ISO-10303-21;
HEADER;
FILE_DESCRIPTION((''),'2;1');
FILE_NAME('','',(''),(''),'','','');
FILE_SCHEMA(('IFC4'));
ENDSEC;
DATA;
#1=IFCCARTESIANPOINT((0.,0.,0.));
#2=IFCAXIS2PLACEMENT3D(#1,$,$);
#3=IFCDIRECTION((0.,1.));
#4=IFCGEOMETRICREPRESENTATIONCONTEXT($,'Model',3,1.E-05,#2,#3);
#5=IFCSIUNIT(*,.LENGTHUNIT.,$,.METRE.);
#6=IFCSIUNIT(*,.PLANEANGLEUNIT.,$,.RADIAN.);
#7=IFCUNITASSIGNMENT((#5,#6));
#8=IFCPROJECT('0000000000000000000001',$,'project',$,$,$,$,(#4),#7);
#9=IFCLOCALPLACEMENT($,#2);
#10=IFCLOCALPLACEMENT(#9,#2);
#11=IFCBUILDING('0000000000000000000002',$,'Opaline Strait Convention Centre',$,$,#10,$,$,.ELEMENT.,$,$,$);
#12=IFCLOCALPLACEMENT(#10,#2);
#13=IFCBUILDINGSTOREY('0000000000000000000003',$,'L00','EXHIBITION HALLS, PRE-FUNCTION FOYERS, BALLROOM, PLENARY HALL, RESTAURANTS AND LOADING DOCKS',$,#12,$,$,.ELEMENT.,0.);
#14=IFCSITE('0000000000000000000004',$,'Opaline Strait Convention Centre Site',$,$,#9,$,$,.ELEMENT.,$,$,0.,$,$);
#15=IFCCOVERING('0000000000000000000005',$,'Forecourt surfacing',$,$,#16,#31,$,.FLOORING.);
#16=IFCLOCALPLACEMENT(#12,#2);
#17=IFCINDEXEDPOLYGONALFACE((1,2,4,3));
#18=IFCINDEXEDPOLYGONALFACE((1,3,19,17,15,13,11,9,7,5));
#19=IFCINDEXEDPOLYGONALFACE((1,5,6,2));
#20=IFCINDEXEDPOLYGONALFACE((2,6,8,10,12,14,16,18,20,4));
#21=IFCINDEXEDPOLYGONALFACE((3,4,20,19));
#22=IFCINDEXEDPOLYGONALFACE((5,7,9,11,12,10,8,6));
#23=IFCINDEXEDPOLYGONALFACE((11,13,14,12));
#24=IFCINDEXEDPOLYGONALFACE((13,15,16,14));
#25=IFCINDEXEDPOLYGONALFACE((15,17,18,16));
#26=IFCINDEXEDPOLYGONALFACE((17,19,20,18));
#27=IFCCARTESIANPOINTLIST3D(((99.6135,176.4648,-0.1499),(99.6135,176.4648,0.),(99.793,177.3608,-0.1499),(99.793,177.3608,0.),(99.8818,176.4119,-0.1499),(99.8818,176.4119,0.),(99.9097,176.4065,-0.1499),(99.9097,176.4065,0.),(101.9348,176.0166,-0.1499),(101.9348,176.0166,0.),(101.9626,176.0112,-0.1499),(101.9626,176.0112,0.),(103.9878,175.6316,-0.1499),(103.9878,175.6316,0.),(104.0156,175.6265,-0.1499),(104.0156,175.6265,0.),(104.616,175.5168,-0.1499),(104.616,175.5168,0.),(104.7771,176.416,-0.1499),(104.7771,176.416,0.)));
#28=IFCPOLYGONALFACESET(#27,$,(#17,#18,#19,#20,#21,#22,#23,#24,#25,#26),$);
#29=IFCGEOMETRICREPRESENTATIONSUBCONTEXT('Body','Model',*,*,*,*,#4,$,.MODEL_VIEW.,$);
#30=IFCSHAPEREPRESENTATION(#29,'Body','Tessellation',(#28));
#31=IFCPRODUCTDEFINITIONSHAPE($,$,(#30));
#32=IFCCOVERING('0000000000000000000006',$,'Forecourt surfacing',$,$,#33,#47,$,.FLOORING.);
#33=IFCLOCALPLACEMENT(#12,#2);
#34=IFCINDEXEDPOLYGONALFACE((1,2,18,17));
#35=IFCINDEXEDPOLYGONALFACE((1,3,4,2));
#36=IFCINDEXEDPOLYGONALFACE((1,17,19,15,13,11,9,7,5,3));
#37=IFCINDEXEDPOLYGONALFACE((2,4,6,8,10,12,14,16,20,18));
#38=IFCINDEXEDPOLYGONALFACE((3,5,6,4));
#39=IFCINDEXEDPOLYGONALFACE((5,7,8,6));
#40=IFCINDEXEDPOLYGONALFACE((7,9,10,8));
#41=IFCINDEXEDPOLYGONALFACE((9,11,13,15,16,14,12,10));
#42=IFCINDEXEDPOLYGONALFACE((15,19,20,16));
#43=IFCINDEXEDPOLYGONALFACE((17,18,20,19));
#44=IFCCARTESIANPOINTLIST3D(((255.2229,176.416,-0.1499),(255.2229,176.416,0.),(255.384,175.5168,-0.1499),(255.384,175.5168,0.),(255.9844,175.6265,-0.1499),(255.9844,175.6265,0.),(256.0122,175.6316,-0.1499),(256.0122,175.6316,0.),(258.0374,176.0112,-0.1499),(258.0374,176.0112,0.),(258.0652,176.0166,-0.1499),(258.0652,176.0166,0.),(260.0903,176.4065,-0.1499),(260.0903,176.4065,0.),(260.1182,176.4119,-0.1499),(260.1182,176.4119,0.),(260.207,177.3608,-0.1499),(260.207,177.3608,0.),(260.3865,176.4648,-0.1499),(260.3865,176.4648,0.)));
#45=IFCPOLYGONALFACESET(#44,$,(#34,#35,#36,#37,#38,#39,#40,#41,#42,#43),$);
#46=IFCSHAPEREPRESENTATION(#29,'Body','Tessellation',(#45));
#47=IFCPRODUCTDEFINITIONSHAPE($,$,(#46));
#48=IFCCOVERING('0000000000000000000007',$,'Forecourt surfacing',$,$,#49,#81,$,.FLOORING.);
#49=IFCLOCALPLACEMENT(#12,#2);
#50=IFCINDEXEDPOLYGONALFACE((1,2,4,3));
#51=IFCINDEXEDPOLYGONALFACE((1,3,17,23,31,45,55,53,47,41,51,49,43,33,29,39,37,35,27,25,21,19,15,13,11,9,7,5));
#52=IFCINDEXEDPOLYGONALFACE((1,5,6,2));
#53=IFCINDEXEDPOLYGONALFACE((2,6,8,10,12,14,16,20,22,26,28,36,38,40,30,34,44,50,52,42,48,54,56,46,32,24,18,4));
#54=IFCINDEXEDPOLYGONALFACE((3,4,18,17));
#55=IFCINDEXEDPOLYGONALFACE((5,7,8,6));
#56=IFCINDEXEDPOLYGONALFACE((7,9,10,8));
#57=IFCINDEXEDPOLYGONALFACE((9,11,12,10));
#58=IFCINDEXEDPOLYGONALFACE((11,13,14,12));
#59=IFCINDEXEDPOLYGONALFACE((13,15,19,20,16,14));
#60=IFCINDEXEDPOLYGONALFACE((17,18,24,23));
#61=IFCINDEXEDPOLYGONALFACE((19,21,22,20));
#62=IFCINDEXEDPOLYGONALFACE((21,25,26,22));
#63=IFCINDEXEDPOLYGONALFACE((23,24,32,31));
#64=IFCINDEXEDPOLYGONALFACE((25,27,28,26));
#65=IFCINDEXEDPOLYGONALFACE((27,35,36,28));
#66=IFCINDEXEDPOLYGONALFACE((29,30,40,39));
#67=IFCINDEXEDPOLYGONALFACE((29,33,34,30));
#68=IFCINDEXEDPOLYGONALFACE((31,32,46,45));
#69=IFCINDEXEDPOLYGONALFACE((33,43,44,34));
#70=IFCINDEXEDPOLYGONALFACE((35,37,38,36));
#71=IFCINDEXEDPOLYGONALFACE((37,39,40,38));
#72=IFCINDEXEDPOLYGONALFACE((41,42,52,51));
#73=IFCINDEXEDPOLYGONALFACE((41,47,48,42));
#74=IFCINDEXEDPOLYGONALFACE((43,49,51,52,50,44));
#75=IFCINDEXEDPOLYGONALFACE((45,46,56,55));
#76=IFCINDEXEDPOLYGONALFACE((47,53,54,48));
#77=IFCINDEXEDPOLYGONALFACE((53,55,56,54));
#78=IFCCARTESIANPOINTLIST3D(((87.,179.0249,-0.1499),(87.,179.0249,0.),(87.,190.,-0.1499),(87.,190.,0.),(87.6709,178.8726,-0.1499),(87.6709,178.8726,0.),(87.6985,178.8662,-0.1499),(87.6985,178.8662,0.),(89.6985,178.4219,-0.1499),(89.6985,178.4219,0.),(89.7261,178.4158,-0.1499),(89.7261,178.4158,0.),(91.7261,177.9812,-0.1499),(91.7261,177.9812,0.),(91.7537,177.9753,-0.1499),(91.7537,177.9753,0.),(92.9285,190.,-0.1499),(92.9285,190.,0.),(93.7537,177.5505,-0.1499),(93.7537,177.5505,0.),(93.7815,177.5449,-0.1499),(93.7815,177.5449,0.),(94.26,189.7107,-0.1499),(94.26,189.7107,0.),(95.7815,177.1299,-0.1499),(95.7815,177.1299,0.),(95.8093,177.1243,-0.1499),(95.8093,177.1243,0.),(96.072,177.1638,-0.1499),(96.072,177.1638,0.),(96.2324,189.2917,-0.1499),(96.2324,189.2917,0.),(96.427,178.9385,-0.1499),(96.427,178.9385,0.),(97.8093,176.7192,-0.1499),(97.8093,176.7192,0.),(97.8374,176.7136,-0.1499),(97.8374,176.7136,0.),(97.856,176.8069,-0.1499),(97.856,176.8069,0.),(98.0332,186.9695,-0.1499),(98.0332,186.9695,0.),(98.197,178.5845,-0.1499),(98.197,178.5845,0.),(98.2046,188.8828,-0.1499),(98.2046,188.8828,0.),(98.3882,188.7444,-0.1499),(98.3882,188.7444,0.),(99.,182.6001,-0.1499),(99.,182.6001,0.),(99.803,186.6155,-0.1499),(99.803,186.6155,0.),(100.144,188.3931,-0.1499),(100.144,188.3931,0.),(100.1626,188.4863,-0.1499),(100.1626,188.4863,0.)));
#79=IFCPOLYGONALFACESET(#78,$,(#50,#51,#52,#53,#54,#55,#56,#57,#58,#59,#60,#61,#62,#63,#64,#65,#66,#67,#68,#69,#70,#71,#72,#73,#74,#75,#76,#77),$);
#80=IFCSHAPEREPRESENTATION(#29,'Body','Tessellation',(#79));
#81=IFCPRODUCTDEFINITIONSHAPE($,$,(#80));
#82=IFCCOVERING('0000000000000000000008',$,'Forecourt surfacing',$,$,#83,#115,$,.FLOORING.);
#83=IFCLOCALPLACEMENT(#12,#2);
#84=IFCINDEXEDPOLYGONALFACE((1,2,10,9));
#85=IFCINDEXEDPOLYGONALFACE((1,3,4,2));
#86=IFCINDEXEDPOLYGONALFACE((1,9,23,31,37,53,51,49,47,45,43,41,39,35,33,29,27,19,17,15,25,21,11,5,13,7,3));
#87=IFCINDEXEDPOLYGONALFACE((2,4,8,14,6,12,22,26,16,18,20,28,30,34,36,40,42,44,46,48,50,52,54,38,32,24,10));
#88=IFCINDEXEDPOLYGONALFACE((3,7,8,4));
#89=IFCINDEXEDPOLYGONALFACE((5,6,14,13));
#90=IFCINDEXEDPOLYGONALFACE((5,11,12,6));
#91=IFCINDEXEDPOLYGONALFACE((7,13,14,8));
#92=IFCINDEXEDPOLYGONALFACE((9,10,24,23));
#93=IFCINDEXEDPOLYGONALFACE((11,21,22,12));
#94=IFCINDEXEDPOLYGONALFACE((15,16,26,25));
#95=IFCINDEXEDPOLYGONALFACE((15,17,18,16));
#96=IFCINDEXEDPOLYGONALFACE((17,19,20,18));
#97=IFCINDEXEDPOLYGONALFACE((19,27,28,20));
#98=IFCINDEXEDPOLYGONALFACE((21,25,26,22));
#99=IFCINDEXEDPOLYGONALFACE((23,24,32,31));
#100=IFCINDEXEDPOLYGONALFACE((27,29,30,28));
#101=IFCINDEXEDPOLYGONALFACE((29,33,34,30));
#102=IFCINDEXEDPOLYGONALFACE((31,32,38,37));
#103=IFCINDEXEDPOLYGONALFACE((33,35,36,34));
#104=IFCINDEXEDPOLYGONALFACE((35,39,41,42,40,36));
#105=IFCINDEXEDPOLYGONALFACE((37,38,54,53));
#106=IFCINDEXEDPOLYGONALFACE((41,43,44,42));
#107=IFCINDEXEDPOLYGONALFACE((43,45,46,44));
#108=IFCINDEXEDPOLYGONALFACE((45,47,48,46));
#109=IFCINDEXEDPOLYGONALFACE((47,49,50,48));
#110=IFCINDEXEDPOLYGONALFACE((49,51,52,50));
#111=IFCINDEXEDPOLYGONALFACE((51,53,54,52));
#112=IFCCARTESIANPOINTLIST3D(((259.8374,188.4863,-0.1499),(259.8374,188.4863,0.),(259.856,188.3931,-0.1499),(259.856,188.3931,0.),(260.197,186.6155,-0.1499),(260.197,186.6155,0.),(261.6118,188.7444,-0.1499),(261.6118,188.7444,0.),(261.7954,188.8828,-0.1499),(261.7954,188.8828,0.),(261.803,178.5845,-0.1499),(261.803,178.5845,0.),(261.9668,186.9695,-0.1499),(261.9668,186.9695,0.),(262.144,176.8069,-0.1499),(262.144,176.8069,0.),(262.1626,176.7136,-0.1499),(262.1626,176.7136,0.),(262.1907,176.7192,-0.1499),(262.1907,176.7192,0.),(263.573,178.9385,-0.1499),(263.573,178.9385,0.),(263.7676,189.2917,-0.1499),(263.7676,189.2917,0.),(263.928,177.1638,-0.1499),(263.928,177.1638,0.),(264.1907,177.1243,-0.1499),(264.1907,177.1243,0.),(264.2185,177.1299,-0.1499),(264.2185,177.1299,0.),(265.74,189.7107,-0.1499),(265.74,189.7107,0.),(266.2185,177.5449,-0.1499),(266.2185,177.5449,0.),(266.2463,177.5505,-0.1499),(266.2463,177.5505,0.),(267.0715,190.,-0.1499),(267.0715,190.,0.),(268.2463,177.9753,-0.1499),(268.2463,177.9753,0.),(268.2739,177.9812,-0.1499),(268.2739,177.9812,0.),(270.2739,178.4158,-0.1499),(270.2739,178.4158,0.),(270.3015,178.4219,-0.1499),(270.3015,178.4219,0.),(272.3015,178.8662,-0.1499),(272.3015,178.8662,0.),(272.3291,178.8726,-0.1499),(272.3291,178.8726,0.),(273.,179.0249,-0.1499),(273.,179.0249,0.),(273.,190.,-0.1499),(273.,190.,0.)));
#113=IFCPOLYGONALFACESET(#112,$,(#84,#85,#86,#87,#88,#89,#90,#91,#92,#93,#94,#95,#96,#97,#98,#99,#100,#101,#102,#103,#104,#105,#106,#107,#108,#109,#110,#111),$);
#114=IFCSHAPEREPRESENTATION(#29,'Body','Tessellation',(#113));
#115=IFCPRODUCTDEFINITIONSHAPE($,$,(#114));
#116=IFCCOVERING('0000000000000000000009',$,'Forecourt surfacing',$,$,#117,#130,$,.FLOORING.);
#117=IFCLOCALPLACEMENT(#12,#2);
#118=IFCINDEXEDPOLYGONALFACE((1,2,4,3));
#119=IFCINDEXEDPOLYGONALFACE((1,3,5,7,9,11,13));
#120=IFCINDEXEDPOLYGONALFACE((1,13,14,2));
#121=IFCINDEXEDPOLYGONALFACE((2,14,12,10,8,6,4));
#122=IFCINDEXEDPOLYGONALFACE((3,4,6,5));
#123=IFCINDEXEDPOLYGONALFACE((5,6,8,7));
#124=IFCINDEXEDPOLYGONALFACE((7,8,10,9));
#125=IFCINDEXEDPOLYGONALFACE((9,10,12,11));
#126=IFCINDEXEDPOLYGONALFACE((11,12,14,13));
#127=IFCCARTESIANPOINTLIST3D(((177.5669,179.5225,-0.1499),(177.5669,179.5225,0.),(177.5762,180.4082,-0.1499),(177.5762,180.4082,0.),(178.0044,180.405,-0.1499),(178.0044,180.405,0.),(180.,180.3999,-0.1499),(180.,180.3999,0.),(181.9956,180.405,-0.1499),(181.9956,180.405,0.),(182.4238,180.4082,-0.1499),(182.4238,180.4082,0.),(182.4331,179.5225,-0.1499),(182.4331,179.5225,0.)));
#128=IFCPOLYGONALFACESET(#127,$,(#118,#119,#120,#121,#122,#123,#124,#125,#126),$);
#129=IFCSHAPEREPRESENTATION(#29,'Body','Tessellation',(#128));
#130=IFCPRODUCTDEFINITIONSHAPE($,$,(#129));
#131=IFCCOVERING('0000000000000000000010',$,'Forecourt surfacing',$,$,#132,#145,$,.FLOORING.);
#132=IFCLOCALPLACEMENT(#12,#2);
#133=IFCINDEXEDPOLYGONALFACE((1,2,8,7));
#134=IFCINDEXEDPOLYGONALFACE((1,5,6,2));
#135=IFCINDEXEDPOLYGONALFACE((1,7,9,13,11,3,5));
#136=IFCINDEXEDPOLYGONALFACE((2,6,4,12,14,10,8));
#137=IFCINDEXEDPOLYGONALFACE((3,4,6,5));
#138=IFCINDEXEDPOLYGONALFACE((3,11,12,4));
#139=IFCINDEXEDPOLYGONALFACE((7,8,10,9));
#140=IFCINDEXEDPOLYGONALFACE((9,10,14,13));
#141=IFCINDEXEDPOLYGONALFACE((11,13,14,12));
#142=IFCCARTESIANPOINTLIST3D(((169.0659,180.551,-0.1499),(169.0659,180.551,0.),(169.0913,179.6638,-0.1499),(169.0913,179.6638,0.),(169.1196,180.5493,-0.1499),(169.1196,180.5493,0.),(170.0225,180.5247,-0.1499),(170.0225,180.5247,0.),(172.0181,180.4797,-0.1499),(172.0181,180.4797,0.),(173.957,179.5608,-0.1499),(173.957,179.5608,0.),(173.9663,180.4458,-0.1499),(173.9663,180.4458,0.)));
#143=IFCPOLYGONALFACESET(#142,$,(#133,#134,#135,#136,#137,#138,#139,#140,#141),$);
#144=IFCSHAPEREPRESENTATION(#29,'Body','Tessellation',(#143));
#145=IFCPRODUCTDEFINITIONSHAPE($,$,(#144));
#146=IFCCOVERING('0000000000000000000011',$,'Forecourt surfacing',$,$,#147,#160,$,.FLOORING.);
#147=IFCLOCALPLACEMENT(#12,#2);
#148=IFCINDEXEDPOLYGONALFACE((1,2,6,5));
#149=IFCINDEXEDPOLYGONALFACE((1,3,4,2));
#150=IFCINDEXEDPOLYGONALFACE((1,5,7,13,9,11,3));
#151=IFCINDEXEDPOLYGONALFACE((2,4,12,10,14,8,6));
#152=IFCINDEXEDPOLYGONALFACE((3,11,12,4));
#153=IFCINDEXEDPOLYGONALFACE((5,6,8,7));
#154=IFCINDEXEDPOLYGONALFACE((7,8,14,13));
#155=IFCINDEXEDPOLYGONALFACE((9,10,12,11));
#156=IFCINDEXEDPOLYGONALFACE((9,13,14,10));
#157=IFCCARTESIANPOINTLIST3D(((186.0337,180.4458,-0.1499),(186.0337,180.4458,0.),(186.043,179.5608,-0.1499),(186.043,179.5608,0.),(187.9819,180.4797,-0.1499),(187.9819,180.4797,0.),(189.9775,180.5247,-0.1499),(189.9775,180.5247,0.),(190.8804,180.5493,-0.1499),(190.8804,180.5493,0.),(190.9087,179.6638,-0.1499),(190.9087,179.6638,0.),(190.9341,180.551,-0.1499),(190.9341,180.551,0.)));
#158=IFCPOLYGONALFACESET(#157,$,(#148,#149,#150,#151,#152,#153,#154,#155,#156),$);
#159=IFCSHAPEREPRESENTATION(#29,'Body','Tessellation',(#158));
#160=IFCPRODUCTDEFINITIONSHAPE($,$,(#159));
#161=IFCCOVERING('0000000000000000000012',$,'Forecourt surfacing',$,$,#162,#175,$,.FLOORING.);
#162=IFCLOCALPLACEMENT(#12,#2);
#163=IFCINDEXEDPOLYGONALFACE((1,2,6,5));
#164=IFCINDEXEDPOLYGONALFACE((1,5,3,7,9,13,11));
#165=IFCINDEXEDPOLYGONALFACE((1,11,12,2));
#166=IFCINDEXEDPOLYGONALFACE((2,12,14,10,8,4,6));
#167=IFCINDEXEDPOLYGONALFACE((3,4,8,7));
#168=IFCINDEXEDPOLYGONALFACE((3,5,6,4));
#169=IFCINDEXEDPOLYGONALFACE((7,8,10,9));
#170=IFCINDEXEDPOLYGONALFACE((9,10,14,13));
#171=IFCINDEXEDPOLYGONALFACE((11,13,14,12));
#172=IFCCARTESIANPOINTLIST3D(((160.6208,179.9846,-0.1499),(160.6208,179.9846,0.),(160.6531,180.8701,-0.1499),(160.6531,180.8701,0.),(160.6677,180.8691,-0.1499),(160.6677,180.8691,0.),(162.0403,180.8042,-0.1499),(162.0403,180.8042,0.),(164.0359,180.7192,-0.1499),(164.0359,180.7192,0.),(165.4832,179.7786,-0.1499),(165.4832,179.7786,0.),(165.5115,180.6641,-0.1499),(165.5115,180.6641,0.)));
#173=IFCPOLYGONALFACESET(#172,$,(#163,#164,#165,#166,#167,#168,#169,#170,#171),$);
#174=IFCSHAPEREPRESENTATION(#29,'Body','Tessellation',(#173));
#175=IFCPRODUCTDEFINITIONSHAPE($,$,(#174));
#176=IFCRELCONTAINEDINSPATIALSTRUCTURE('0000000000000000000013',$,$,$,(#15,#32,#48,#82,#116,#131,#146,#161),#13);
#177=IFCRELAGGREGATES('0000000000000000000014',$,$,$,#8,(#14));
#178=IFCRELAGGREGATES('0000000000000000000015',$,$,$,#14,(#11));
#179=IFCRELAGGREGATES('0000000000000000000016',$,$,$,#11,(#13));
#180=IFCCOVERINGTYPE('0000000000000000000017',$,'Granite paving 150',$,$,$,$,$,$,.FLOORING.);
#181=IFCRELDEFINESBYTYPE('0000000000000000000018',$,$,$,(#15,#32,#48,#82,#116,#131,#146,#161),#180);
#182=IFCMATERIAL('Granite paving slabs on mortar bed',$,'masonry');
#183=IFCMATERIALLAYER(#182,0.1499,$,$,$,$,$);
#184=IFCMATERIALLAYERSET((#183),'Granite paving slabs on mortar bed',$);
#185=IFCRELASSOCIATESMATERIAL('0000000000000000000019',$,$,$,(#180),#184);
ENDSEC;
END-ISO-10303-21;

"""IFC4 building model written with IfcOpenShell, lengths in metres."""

from ifc_helpers import new_model, si_unit, direction, frame, origin, place, context, subcontext, project, spatial, polyline, outline, extrude, material, layer, layer_set, type_object, element, save


model = new_model("IFC4")

# Units and contexts
model_context = context("Model", 3, precision=1e-05, world=origin(), true_north=direction((0.0, 1.0)))
body_context = subcontext(model_context, "Body", "Model", "MODEL_VIEW")
ifc_project = project(units=[si_unit("LENGTHUNIT", "METRE"), si_unit("PLANEANGLEUNIT", "RADIAN")], contexts=[model_context])

# Site, building, storey
site_placement = place(None, origin())
site = spatial("IfcSite", under=ifc_project, at=site_placement, Name="Opaline Strait Convention Centre Site", CompositionType="ELEMENT", RefElevation=0.0)
building_placement = place(site_placement, origin())
building = spatial("IfcBuilding", under=site, at=building_placement, Name="Opaline Strait Convention Centre", CompositionType="ELEMENT")
storey_placement = place(building_placement, origin())
storey = spatial("IfcBuildingStorey", under=building, at=storey_placement, Name="L00", Description="EXHIBITION HALLS, PRE-FUNCTION FOYERS, BALLROOM, PLENARY HALL, RESTAURANTS AND LOADING DOCKS", CompositionType="ELEMENT", Elevation=0.0)

# Coverings
ifc_material = material(Name="Granite paving slabs on mortar bed", Category="masonry")
ifc_layer = layer(ifc_material, 0.1499)
ifc_layer_set = layer_set([ifc_layer], Name="Granite paving slabs on mortar bed")
covering_type = type_object("IfcCoveringType", Name="Granite paving 150", PredefinedType="FLOORING", material=ifc_layer_set)
covering_1_placement = place(storey_placement, frame((0.0, 0.0, -0.1499)))
element("IfcCovering", 1, at=covering_1_placement, inside=storey, type_object=covering_type, Name="Forecourt surfacing", PredefinedType="FLOORING", context=body_context, shape_type="SweptSolid", body=[
    extrude(outline(polyline([(103.9878, 175.6316), (104.0156, 175.6265), (104.616, 175.5168), (104.7771, 176.416), (99.793, 177.3608), (99.6135, 176.4648), (99.8818, 176.4119), (99.9097, 176.4065), (101.9348, 176.0166), (101.9626, 176.0112), (103.9878, 175.6316)])), origin(), (0.0, 0.0, 1.0), 0.1499),
])
covering_2_placement = place(storey_placement, frame((0.0, 0.0, -0.1499)))
element("IfcCovering", 2, at=covering_2_placement, inside=storey, type_object=covering_type, Name="Forecourt surfacing", PredefinedType="FLOORING", context=body_context, shape_type="SweptSolid", body=[
    extrude(outline(polyline([(260.3865, 176.4648), (260.207, 177.3608), (255.2229, 176.416), (255.384, 175.5168), (255.9844, 175.6265), (256.0122, 175.6316), (258.0374, 176.0112), (258.0652, 176.0166), (260.0903, 176.4065), (260.1182, 176.4119), (260.3865, 176.4648)])), origin(), (0.0, 0.0, 1.0), 0.1499),
])
covering_3_placement = place(storey_placement, frame((0.0, 0.0, -0.1499)))
element("IfcCovering", 3, at=covering_3_placement, inside=storey, type_object=covering_type, Name="Forecourt surfacing", PredefinedType="FLOORING", context=body_context, shape_type="SweptSolid", body=[
    extrude(outline(polyline([(98.197, 178.5845), (99.0, 182.6001), (99.803, 186.6155), (98.0332, 186.9695), (98.3882, 188.7444), (100.144, 188.3931), (100.1626, 188.4863), (98.2046, 188.8828), (96.2324, 189.2917), (94.26, 189.7107), (92.9285, 190.0), (87.0, 190.0), (87.0, 179.0249), (87.6709, 178.8726), (87.6985, 178.8662), (89.6985, 178.4219), (89.7261, 178.4158), (91.7261, 177.9812), (91.7537, 177.9753), (93.7537, 177.5505), (93.7815, 177.5449), (95.7815, 177.1299), (95.8093, 177.1243), (97.8093, 176.7192), (97.8374, 176.7136), (97.8374, 176.7136), (97.856, 176.8069), (96.072, 177.1638), (96.427, 178.9385), (98.197, 178.5845)])), origin(), (0.0, 0.0, 1.0), 0.1499),
])
covering_4_placement = place(storey_placement, frame((0.0, 0.0, -0.1499)))
element("IfcCovering", 4, at=covering_4_placement, inside=storey, type_object=covering_type, Name="Forecourt surfacing", PredefinedType="FLOORING", context=body_context, shape_type="SweptSolid", body=[
    extrude(outline(polyline([(270.2739, 178.4158), (270.3015, 178.4219), (272.3015, 178.8662), (272.3291, 178.8726), (273.0, 179.0249), (273.0, 190.0), (267.0715, 190.0), (265.74, 189.7107), (263.7676, 189.2917), (261.7954, 188.8828), (259.8374, 188.4863), (259.856, 188.3931), (261.6118, 188.7444), (261.9668, 186.9695), (260.197, 186.6155), (261.803, 178.5845), (263.573, 178.9385), (263.928, 177.1638), (262.144, 176.8069), (262.1626, 176.7136), (262.1626, 176.7136), (262.1907, 176.7192), (264.1907, 177.1243), (264.2185, 177.1299), (266.2185, 177.5449), (266.2463, 177.5505), (268.2463, 177.9753), (268.2739, 177.9812), (270.2739, 178.4158)])), origin(), (0.0, 0.0, 1.0), 0.1499),
])
covering_5_placement = place(storey_placement, frame((0.0, 0.0, -0.1499)))
element("IfcCovering", 5, at=covering_5_placement, inside=storey, type_object=covering_type, Name="Forecourt surfacing", PredefinedType="FLOORING", context=body_context, shape_type="SweptSolid", body=[
    extrude(outline(polyline([(177.5762, 180.4082), (177.5669, 179.5225), (182.4331, 179.5225), (182.4238, 180.4082), (181.9956, 180.405), (180.0, 180.3999), (178.0044, 180.405), (177.5762, 180.4082)])), origin(), (0.0, 0.0, 1.0), 0.1499),
])
covering_6_placement = place(storey_placement, frame((0.0, 0.0, -0.1499)))
element("IfcCovering", 6, at=covering_6_placement, inside=storey, type_object=covering_type, Name="Forecourt surfacing", PredefinedType="FLOORING", context=body_context, shape_type="SweptSolid", body=[
    extrude(outline(polyline([(169.1196, 180.5493), (169.0913, 179.6638), (173.957, 179.5608), (173.9663, 180.4458), (172.0181, 180.4797), (170.0225, 180.5247), (169.0659, 180.551), (169.1196, 180.5493)])), origin(), (0.0, 0.0, 1.0), 0.1499),
])
covering_7_placement = place(storey_placement, frame((0.0, 0.0, -0.1499)))
element("IfcCovering", 7, at=covering_7_placement, inside=storey, type_object=covering_type, Name="Forecourt surfacing", PredefinedType="FLOORING", context=body_context, shape_type="SweptSolid", body=[
    extrude(outline(polyline([(186.0337, 180.4458), (186.043, 179.5608), (190.9087, 179.6638), (190.8804, 180.5493), (190.9341, 180.551), (189.9775, 180.5247), (187.9819, 180.4797), (186.0337, 180.4458)])), origin(), (0.0, 0.0, 1.0), 0.1499),
])
covering_8_placement = place(storey_placement, frame((0.0, 0.0, -0.1499)))
element("IfcCovering", 8, at=covering_8_placement, inside=storey, type_object=covering_type, Name="Forecourt surfacing", PredefinedType="FLOORING", context=body_context, shape_type="SweptSolid", body=[
    extrude(outline(polyline([(160.6677, 180.8691), (160.6208, 179.9846), (165.4832, 179.7786), (165.5115, 180.6641), (164.0359, 180.7192), (162.0403, 180.8042), (160.6531, 180.8701), (160.6677, 180.8691)])), origin(), (0.0, 0.0, 1.0), 0.1499),
])

save(model, "model.ifc")
